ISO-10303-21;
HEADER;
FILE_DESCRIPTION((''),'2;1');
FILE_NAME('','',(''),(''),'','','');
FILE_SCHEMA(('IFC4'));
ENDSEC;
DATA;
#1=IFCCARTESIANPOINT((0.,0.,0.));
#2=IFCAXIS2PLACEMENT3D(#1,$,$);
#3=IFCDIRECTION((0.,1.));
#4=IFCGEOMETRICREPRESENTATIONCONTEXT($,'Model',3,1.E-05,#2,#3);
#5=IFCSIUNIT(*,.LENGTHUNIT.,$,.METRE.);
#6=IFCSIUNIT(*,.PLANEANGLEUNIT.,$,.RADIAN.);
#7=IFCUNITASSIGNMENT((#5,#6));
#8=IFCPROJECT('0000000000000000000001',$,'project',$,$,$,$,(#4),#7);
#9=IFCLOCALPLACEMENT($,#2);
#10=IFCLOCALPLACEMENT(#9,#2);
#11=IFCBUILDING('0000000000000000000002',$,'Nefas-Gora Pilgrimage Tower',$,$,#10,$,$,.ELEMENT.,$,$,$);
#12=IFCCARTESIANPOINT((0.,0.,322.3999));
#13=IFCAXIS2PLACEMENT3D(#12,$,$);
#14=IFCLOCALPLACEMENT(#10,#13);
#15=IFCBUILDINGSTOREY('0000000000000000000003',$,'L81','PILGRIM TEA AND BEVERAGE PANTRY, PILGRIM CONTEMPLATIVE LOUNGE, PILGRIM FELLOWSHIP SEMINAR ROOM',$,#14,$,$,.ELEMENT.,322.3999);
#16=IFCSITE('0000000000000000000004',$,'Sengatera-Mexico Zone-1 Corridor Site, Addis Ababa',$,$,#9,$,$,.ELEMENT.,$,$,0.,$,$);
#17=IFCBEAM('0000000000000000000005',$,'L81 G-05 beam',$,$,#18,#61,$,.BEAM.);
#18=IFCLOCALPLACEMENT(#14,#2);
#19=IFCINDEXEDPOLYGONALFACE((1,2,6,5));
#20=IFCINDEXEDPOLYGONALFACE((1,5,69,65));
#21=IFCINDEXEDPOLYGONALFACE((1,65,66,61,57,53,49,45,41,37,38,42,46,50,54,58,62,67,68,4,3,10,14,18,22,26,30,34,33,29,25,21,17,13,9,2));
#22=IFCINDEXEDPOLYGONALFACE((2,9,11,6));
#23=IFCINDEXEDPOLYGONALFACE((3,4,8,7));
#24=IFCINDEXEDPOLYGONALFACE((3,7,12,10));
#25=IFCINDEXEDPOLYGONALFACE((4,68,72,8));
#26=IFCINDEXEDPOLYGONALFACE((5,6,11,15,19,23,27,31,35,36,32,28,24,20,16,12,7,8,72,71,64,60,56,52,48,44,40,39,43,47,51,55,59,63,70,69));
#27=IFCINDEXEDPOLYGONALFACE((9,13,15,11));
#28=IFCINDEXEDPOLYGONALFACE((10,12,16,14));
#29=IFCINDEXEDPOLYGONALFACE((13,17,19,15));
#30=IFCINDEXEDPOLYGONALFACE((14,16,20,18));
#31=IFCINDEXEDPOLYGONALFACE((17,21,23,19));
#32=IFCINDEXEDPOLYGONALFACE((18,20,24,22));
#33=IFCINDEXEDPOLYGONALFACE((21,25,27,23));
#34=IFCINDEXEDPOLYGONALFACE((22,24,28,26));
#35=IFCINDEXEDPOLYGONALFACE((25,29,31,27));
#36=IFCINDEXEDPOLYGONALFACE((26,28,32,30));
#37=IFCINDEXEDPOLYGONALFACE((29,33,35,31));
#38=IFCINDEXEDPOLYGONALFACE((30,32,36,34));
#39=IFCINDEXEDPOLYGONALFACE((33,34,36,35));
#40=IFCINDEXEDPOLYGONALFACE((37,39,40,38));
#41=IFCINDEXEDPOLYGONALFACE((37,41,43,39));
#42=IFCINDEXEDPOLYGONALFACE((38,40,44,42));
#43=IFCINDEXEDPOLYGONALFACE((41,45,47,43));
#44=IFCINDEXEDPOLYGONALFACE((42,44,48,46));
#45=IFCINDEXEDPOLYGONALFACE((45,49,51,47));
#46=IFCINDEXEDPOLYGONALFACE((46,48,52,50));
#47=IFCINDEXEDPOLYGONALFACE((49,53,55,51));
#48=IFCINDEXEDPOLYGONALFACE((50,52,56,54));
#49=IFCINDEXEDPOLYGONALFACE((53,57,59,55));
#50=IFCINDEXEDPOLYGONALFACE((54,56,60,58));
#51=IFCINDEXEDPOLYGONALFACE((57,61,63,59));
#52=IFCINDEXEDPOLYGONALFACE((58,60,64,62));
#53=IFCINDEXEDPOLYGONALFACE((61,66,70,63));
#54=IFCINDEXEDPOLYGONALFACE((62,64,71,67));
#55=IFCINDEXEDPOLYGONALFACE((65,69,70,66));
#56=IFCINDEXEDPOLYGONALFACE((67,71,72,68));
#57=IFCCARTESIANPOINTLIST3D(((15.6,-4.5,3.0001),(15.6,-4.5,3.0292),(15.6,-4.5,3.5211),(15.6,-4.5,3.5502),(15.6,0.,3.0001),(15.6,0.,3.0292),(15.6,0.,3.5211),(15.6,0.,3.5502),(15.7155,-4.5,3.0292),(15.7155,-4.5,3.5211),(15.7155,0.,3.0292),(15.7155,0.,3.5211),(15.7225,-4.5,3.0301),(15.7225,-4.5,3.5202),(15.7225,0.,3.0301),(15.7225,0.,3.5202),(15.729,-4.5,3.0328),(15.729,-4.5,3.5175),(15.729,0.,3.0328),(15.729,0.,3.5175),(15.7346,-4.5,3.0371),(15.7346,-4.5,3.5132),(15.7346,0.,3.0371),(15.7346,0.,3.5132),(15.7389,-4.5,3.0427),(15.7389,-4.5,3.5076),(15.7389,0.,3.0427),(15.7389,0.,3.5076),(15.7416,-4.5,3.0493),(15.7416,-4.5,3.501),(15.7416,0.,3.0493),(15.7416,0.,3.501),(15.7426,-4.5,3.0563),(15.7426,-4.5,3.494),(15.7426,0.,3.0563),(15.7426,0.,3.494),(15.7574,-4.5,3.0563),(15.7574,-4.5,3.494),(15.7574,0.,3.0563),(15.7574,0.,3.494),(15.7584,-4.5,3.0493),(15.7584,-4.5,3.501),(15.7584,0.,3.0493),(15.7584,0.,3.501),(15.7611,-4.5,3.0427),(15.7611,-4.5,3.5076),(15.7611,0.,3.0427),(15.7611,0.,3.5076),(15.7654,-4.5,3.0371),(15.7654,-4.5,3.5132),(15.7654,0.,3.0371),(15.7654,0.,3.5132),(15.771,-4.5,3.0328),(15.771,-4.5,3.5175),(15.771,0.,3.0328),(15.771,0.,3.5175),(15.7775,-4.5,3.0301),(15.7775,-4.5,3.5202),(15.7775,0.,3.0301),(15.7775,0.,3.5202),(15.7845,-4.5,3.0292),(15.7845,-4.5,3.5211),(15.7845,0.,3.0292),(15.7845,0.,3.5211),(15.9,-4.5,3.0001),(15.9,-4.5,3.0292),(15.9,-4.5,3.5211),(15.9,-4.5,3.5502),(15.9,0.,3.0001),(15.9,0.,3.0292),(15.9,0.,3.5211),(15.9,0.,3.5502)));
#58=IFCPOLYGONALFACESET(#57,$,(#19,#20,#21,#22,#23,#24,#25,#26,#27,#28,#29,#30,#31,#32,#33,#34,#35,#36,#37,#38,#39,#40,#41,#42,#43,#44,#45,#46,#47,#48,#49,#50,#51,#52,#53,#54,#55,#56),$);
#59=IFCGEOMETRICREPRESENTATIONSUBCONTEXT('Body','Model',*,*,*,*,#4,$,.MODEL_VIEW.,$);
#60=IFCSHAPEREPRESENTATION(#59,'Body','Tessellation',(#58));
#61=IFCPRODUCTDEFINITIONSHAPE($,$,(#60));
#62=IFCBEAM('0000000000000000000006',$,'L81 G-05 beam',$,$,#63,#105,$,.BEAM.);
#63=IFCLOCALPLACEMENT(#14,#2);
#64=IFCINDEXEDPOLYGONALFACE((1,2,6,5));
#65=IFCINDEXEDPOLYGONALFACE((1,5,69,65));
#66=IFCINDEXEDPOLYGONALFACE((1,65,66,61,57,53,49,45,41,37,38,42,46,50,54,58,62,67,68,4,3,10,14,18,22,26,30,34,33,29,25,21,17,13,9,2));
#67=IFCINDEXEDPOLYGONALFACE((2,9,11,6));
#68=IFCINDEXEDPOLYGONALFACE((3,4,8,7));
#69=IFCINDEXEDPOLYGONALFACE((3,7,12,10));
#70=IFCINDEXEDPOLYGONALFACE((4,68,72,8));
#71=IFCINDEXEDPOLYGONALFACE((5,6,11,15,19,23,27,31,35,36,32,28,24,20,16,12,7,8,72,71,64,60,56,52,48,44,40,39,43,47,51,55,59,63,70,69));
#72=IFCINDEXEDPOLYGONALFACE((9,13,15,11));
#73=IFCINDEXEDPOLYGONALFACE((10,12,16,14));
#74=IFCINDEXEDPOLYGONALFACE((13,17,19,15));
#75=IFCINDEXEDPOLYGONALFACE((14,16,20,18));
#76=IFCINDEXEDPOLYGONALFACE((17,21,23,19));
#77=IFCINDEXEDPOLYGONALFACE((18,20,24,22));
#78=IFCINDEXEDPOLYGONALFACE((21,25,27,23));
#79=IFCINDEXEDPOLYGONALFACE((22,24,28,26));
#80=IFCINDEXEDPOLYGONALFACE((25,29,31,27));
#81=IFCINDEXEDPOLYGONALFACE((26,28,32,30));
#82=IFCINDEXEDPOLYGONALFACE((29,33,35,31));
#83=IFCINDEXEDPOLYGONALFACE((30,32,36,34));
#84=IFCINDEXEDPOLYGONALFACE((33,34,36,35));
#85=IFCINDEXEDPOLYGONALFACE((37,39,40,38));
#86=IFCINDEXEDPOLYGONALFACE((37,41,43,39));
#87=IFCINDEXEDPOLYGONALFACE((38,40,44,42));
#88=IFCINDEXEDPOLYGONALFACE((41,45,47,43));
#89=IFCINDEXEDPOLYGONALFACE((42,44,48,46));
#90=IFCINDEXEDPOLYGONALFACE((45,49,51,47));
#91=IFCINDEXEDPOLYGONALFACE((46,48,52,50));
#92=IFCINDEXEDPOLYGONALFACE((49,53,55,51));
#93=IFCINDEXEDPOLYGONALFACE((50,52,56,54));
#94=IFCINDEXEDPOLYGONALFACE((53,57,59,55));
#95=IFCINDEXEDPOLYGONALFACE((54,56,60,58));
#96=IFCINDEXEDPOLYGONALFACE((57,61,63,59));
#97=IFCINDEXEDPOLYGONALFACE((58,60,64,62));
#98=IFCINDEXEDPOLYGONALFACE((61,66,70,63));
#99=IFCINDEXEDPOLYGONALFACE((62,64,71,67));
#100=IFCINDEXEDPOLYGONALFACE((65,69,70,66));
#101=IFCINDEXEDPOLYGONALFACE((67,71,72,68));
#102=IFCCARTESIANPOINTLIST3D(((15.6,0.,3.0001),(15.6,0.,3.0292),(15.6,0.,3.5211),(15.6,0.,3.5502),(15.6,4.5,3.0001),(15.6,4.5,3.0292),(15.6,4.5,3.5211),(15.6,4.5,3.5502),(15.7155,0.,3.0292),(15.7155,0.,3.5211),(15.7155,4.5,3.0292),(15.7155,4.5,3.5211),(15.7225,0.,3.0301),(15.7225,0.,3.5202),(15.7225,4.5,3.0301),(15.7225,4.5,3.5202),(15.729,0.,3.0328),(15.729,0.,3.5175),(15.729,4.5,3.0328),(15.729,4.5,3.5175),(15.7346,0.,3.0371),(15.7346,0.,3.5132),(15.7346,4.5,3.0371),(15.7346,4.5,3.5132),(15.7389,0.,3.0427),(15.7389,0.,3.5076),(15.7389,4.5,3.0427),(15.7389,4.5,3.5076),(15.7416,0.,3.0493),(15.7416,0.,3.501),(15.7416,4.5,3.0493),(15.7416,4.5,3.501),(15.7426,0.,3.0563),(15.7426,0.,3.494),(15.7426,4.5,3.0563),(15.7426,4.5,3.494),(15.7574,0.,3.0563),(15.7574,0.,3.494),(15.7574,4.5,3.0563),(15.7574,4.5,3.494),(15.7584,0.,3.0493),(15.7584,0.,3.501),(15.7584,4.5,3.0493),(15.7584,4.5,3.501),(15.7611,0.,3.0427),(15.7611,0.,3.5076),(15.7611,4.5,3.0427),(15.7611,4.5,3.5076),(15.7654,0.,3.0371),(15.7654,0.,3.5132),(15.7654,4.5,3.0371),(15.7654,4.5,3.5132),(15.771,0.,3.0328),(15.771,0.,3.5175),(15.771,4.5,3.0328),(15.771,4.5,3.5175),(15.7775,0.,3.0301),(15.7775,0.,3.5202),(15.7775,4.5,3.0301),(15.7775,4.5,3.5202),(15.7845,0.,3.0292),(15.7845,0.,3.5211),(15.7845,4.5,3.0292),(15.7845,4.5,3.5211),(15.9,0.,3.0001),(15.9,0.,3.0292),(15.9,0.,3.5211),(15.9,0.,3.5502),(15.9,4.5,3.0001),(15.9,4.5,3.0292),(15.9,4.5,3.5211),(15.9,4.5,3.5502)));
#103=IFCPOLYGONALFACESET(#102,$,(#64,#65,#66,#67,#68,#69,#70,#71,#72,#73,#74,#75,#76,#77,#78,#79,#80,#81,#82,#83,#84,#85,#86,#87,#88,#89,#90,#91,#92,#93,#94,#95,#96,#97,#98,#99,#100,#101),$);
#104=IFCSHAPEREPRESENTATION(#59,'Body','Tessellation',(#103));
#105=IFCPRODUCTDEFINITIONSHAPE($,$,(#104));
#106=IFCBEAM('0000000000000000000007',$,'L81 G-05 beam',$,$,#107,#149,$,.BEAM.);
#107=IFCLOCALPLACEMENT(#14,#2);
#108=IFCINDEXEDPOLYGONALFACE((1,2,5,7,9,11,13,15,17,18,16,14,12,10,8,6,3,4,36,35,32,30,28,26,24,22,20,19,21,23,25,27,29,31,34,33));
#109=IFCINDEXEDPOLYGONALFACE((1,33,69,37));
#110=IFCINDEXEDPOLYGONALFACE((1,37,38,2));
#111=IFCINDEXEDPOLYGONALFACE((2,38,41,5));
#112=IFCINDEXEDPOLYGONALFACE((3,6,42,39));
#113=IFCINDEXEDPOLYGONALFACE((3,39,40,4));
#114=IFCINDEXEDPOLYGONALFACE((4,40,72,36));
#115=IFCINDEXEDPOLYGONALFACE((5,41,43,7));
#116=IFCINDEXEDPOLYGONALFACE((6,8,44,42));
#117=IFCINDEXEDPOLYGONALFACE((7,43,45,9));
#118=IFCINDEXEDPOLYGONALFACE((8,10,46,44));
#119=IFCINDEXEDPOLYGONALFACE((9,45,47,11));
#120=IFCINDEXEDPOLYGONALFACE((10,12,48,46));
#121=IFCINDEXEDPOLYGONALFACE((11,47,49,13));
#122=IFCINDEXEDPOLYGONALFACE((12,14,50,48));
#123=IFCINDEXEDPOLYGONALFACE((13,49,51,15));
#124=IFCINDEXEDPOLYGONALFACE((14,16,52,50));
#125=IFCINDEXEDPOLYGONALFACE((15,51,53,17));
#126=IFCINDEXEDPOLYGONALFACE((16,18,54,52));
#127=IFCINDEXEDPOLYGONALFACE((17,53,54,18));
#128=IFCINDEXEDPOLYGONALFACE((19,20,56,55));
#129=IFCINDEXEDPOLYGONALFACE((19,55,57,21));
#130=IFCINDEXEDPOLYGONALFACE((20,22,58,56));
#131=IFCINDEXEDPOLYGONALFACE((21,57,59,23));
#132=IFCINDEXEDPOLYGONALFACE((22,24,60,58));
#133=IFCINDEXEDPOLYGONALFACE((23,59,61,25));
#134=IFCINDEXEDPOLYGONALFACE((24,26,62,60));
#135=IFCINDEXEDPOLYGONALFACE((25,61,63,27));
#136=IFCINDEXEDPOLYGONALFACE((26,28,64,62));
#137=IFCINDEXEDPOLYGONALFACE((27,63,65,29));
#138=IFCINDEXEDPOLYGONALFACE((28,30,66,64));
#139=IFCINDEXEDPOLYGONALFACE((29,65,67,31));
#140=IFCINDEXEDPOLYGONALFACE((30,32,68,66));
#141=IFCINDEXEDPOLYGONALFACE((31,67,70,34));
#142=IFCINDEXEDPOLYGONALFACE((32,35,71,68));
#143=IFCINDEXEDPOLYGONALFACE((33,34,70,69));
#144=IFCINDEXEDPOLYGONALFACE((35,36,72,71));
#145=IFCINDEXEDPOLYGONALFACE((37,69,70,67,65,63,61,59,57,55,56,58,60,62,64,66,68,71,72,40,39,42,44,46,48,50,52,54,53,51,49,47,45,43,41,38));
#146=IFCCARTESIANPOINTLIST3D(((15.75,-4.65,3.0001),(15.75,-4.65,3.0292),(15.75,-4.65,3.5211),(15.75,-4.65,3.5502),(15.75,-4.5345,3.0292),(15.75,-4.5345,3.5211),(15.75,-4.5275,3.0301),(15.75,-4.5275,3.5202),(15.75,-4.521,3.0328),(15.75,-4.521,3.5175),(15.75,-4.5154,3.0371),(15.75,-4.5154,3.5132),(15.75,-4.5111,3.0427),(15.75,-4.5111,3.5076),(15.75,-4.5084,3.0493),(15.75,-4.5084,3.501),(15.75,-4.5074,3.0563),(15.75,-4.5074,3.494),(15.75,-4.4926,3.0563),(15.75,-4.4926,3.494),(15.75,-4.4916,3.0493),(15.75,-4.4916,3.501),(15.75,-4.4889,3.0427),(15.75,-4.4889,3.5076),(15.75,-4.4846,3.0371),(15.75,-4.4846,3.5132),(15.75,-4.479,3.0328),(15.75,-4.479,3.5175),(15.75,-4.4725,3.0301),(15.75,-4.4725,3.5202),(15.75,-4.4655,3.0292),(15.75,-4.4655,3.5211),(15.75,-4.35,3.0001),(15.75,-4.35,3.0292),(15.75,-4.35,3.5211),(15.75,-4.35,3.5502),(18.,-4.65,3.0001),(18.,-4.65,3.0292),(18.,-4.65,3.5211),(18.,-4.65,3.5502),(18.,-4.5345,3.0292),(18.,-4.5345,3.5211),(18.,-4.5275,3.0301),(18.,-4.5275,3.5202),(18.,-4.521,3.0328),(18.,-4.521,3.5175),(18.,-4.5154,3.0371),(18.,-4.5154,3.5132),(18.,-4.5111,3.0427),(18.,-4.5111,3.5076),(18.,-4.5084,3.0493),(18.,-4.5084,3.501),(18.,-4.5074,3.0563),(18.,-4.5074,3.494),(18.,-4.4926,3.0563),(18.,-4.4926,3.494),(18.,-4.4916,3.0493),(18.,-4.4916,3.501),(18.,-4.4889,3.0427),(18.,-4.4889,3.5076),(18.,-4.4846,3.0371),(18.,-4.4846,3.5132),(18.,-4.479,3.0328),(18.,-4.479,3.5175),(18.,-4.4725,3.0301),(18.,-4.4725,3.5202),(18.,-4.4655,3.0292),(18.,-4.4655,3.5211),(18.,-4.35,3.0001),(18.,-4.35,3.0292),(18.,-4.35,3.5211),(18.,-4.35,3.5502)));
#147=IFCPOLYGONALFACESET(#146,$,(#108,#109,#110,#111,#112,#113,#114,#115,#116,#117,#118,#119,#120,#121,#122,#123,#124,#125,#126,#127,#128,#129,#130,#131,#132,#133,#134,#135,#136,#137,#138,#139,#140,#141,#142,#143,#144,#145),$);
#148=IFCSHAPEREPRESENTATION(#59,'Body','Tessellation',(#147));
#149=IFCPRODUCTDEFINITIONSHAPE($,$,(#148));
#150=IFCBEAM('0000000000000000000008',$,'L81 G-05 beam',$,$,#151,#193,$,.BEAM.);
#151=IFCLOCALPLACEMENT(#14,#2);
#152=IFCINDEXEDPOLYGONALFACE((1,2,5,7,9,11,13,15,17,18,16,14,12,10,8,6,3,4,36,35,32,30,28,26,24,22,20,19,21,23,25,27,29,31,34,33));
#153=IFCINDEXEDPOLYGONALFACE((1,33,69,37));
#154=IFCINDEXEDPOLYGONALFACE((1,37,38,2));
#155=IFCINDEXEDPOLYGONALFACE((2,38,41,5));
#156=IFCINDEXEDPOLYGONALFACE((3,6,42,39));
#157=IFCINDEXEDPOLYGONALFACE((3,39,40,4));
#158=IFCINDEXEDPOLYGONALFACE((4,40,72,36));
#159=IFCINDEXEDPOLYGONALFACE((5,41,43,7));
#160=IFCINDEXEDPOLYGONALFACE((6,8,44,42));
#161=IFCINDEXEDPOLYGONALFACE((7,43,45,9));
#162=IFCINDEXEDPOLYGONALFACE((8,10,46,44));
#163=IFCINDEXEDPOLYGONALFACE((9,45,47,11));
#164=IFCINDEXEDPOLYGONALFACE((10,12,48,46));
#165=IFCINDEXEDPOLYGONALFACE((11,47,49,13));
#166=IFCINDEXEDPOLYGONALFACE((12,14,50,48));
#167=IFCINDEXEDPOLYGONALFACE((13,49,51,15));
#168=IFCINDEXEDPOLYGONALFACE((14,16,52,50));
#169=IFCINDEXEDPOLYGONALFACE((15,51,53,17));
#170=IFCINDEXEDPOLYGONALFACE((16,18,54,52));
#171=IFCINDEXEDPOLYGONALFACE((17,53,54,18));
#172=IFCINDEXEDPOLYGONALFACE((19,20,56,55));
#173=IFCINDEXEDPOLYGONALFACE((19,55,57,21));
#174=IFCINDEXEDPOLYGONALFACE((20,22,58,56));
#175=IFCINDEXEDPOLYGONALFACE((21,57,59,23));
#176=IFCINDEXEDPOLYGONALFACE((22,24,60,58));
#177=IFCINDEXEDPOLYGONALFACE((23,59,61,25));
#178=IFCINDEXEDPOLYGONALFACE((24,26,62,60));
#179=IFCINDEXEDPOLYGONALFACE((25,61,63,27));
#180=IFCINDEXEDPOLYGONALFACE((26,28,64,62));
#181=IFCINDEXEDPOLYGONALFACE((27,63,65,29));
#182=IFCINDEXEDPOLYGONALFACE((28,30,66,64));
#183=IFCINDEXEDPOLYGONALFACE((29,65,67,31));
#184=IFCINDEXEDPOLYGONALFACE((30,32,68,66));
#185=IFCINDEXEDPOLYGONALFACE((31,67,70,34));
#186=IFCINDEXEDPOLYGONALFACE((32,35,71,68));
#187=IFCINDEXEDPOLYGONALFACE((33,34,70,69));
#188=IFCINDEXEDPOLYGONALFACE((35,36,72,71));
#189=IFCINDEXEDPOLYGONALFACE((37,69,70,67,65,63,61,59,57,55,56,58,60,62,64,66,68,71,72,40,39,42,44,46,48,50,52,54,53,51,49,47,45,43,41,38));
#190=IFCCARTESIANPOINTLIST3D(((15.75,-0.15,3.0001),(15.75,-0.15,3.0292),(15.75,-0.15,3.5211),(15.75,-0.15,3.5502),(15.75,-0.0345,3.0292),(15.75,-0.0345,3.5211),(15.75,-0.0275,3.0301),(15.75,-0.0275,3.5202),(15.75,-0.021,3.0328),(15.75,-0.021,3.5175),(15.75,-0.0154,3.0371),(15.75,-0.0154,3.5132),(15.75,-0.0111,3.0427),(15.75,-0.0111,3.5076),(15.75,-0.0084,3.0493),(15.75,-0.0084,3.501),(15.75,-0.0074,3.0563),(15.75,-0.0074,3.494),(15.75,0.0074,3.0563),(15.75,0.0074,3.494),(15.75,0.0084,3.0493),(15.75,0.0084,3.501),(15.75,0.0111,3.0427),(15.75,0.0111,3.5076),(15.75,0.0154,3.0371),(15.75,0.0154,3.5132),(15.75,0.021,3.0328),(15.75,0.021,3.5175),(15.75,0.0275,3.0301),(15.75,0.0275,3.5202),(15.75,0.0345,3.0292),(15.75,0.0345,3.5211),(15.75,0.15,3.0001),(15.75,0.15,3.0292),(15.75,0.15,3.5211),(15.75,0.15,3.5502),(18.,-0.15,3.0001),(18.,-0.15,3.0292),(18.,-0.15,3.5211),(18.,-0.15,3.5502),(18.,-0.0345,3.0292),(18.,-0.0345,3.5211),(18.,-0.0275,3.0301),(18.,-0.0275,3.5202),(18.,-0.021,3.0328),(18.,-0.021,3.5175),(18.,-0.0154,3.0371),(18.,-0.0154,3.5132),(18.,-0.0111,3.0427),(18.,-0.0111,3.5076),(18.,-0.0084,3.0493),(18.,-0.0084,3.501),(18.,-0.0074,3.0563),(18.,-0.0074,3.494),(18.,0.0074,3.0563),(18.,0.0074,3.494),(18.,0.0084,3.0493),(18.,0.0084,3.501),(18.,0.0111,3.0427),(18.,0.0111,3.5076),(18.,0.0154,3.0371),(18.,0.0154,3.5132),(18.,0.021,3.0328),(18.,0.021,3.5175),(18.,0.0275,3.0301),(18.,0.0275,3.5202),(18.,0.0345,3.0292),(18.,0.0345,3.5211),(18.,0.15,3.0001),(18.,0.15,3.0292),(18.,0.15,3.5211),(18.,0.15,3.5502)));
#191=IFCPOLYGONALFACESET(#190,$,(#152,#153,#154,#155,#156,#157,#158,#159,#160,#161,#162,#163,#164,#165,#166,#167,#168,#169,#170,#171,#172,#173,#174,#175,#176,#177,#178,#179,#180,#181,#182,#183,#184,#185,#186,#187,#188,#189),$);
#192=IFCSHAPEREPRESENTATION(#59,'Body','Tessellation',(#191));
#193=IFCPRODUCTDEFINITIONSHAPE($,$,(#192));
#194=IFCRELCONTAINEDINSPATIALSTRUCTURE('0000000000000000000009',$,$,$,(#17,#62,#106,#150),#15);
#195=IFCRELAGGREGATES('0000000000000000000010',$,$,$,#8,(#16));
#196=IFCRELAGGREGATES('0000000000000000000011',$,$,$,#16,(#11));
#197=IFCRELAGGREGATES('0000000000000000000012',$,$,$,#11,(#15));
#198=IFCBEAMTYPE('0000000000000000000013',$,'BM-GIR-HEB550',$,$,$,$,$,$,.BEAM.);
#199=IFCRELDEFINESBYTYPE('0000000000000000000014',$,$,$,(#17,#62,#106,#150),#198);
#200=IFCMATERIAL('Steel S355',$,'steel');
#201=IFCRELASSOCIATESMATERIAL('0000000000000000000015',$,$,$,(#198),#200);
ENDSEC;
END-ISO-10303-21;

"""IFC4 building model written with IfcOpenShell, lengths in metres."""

from ifc_helpers import new_model, si_unit, direction, frame, origin, origin_2d, place, context, subcontext, project, spatial, i_section, extrude, source, transform, mapped, material, material_profile, profile_set, type_object, element, save


model = new_model("IFC4")

# Units and contexts
model_context = context("Model", 3, precision=1e-05, world=origin(), true_north=direction((0.0, 1.0)))
body_context = subcontext(model_context, "Body", "Model", "MODEL_VIEW")
ifc_project = project(units=[si_unit("LENGTHUNIT", "METRE"), si_unit("PLANEANGLEUNIT", "RADIAN")], contexts=[model_context])

# Site, building, storey
site_placement = place(None, origin())
site = spatial("IfcSite", under=ifc_project, at=site_placement, Name="Sengatera-Mexico Zone-1 Corridor Site, Addis Ababa", CompositionType="ELEMENT", RefElevation=0.0)
building_placement = place(site_placement, origin())
building = spatial("IfcBuilding", under=site, at=building_placement, Name="Nefas-Gora Pilgrimage Tower", CompositionType="ELEMENT")
storey_placement = place(building_placement, frame((0.0, 0.0, 322.3999)))
storey = spatial("IfcBuildingStorey", under=building, at=storey_placement, Name="L81", Description="PILGRIM TEA AND BEVERAGE PANTRY, PILGRIM CONTEMPLATIVE LOUNGE, PILGRIM FELLOWSHIP SEMINAR ROOM", CompositionType="ELEMENT", Elevation=322.3999)

# Shared definitions
ifc_material_1 = material(Name="Steel S355", Category="steel")

# Beams
ifc_material_profile_1 = material_profile(ifc_material_1, i_section(OverallWidth=0.3, OverallDepth=0.55, WebThickness=0.0149, FlangeThickness=0.0291, FilletRadius=0.0271, at=origin_2d()), Name="HEB 550")
ifc_profile_set_1 = profile_set([ifc_material_profile_1], Name="Steel S355")
beam_type_1 = type_object("IfcBeamType", Name="BM-GIR-HEB550", PredefinedType="BEAM", material=ifc_profile_set_1)
shared_shape_1 = source(origin(), body_context, "Body", "SweptSolid", [
    extrude(i_section(OverallWidth=0.3, OverallDepth=0.55, WebThickness=0.0149, FlangeThickness=0.0291, FilletRadius=0.0271, at=origin_2d()), origin(), (0.0, 0.0, 1.0), 4.5),
])
for number, where, z_axis, x_axis, name in (
    (1, (15.75, -4.5, 3.2751), (0.0, 1.0, 0.0), (-1.0, 0.0, 0.0), "L81 G-05 beam"),
    (2, (15.75, 0.0, 3.2751), (0.0, 1.0, 0.0), (-1.0, 0.0, 0.0), "L81 G-05 beam"),
):
    element("IfcBeam", number, at=place(storey_placement, frame(where, z_axis=z_axis, x_axis=x_axis)), inside=storey, type_object=beam_type_1, Name=name, PredefinedType="BEAM", context=body_context, shape_type="MappedRepresentation", body=[
        mapped(shared_shape_1, transform((0.0, 0.0, 0.0), x_axis=(1.0, 0.0, 0.0), y_axis=(0.0, 1.0, 0.0), z_axis=(0.0, 0.0, 1.0), scale=1.0)),
    ])
shared_shape_2 = source(origin(), body_context, "Body", "SweptSolid", [
    extrude(i_section(OverallWidth=0.3, OverallDepth=0.55, WebThickness=0.0149, FlangeThickness=0.0291, FilletRadius=0.0271, at=origin_2d()), origin(), (0.0, 0.0, 1.0), 2.25),
])
for number, where, z_axis, x_axis, name in (
    (3, (15.75, -4.5, 3.2751), (1.0, 0.0, 0.0), (0.0, 1.0, 0.0), "L81 G-05 beam"),
    (4, (15.75, 0.0, 3.2751), (1.0, 0.0, 0.0), (0.0, 1.0, 0.0), "L81 G-05 beam"),
):
    element("IfcBeam", number, at=place(storey_placement, frame(where, z_axis=z_axis, x_axis=x_axis)), inside=storey, type_object=beam_type_1, Name=name, PredefinedType="BEAM", context=body_context, shape_type="MappedRepresentation", body=[
        mapped(shared_shape_2, transform((0.0, 0.0, 0.0), x_axis=(1.0, 0.0, 0.0), y_axis=(0.0, 1.0, 0.0), z_axis=(0.0, 0.0, 1.0), scale=1.0)),
    ])

save(model, "model.ifc")
